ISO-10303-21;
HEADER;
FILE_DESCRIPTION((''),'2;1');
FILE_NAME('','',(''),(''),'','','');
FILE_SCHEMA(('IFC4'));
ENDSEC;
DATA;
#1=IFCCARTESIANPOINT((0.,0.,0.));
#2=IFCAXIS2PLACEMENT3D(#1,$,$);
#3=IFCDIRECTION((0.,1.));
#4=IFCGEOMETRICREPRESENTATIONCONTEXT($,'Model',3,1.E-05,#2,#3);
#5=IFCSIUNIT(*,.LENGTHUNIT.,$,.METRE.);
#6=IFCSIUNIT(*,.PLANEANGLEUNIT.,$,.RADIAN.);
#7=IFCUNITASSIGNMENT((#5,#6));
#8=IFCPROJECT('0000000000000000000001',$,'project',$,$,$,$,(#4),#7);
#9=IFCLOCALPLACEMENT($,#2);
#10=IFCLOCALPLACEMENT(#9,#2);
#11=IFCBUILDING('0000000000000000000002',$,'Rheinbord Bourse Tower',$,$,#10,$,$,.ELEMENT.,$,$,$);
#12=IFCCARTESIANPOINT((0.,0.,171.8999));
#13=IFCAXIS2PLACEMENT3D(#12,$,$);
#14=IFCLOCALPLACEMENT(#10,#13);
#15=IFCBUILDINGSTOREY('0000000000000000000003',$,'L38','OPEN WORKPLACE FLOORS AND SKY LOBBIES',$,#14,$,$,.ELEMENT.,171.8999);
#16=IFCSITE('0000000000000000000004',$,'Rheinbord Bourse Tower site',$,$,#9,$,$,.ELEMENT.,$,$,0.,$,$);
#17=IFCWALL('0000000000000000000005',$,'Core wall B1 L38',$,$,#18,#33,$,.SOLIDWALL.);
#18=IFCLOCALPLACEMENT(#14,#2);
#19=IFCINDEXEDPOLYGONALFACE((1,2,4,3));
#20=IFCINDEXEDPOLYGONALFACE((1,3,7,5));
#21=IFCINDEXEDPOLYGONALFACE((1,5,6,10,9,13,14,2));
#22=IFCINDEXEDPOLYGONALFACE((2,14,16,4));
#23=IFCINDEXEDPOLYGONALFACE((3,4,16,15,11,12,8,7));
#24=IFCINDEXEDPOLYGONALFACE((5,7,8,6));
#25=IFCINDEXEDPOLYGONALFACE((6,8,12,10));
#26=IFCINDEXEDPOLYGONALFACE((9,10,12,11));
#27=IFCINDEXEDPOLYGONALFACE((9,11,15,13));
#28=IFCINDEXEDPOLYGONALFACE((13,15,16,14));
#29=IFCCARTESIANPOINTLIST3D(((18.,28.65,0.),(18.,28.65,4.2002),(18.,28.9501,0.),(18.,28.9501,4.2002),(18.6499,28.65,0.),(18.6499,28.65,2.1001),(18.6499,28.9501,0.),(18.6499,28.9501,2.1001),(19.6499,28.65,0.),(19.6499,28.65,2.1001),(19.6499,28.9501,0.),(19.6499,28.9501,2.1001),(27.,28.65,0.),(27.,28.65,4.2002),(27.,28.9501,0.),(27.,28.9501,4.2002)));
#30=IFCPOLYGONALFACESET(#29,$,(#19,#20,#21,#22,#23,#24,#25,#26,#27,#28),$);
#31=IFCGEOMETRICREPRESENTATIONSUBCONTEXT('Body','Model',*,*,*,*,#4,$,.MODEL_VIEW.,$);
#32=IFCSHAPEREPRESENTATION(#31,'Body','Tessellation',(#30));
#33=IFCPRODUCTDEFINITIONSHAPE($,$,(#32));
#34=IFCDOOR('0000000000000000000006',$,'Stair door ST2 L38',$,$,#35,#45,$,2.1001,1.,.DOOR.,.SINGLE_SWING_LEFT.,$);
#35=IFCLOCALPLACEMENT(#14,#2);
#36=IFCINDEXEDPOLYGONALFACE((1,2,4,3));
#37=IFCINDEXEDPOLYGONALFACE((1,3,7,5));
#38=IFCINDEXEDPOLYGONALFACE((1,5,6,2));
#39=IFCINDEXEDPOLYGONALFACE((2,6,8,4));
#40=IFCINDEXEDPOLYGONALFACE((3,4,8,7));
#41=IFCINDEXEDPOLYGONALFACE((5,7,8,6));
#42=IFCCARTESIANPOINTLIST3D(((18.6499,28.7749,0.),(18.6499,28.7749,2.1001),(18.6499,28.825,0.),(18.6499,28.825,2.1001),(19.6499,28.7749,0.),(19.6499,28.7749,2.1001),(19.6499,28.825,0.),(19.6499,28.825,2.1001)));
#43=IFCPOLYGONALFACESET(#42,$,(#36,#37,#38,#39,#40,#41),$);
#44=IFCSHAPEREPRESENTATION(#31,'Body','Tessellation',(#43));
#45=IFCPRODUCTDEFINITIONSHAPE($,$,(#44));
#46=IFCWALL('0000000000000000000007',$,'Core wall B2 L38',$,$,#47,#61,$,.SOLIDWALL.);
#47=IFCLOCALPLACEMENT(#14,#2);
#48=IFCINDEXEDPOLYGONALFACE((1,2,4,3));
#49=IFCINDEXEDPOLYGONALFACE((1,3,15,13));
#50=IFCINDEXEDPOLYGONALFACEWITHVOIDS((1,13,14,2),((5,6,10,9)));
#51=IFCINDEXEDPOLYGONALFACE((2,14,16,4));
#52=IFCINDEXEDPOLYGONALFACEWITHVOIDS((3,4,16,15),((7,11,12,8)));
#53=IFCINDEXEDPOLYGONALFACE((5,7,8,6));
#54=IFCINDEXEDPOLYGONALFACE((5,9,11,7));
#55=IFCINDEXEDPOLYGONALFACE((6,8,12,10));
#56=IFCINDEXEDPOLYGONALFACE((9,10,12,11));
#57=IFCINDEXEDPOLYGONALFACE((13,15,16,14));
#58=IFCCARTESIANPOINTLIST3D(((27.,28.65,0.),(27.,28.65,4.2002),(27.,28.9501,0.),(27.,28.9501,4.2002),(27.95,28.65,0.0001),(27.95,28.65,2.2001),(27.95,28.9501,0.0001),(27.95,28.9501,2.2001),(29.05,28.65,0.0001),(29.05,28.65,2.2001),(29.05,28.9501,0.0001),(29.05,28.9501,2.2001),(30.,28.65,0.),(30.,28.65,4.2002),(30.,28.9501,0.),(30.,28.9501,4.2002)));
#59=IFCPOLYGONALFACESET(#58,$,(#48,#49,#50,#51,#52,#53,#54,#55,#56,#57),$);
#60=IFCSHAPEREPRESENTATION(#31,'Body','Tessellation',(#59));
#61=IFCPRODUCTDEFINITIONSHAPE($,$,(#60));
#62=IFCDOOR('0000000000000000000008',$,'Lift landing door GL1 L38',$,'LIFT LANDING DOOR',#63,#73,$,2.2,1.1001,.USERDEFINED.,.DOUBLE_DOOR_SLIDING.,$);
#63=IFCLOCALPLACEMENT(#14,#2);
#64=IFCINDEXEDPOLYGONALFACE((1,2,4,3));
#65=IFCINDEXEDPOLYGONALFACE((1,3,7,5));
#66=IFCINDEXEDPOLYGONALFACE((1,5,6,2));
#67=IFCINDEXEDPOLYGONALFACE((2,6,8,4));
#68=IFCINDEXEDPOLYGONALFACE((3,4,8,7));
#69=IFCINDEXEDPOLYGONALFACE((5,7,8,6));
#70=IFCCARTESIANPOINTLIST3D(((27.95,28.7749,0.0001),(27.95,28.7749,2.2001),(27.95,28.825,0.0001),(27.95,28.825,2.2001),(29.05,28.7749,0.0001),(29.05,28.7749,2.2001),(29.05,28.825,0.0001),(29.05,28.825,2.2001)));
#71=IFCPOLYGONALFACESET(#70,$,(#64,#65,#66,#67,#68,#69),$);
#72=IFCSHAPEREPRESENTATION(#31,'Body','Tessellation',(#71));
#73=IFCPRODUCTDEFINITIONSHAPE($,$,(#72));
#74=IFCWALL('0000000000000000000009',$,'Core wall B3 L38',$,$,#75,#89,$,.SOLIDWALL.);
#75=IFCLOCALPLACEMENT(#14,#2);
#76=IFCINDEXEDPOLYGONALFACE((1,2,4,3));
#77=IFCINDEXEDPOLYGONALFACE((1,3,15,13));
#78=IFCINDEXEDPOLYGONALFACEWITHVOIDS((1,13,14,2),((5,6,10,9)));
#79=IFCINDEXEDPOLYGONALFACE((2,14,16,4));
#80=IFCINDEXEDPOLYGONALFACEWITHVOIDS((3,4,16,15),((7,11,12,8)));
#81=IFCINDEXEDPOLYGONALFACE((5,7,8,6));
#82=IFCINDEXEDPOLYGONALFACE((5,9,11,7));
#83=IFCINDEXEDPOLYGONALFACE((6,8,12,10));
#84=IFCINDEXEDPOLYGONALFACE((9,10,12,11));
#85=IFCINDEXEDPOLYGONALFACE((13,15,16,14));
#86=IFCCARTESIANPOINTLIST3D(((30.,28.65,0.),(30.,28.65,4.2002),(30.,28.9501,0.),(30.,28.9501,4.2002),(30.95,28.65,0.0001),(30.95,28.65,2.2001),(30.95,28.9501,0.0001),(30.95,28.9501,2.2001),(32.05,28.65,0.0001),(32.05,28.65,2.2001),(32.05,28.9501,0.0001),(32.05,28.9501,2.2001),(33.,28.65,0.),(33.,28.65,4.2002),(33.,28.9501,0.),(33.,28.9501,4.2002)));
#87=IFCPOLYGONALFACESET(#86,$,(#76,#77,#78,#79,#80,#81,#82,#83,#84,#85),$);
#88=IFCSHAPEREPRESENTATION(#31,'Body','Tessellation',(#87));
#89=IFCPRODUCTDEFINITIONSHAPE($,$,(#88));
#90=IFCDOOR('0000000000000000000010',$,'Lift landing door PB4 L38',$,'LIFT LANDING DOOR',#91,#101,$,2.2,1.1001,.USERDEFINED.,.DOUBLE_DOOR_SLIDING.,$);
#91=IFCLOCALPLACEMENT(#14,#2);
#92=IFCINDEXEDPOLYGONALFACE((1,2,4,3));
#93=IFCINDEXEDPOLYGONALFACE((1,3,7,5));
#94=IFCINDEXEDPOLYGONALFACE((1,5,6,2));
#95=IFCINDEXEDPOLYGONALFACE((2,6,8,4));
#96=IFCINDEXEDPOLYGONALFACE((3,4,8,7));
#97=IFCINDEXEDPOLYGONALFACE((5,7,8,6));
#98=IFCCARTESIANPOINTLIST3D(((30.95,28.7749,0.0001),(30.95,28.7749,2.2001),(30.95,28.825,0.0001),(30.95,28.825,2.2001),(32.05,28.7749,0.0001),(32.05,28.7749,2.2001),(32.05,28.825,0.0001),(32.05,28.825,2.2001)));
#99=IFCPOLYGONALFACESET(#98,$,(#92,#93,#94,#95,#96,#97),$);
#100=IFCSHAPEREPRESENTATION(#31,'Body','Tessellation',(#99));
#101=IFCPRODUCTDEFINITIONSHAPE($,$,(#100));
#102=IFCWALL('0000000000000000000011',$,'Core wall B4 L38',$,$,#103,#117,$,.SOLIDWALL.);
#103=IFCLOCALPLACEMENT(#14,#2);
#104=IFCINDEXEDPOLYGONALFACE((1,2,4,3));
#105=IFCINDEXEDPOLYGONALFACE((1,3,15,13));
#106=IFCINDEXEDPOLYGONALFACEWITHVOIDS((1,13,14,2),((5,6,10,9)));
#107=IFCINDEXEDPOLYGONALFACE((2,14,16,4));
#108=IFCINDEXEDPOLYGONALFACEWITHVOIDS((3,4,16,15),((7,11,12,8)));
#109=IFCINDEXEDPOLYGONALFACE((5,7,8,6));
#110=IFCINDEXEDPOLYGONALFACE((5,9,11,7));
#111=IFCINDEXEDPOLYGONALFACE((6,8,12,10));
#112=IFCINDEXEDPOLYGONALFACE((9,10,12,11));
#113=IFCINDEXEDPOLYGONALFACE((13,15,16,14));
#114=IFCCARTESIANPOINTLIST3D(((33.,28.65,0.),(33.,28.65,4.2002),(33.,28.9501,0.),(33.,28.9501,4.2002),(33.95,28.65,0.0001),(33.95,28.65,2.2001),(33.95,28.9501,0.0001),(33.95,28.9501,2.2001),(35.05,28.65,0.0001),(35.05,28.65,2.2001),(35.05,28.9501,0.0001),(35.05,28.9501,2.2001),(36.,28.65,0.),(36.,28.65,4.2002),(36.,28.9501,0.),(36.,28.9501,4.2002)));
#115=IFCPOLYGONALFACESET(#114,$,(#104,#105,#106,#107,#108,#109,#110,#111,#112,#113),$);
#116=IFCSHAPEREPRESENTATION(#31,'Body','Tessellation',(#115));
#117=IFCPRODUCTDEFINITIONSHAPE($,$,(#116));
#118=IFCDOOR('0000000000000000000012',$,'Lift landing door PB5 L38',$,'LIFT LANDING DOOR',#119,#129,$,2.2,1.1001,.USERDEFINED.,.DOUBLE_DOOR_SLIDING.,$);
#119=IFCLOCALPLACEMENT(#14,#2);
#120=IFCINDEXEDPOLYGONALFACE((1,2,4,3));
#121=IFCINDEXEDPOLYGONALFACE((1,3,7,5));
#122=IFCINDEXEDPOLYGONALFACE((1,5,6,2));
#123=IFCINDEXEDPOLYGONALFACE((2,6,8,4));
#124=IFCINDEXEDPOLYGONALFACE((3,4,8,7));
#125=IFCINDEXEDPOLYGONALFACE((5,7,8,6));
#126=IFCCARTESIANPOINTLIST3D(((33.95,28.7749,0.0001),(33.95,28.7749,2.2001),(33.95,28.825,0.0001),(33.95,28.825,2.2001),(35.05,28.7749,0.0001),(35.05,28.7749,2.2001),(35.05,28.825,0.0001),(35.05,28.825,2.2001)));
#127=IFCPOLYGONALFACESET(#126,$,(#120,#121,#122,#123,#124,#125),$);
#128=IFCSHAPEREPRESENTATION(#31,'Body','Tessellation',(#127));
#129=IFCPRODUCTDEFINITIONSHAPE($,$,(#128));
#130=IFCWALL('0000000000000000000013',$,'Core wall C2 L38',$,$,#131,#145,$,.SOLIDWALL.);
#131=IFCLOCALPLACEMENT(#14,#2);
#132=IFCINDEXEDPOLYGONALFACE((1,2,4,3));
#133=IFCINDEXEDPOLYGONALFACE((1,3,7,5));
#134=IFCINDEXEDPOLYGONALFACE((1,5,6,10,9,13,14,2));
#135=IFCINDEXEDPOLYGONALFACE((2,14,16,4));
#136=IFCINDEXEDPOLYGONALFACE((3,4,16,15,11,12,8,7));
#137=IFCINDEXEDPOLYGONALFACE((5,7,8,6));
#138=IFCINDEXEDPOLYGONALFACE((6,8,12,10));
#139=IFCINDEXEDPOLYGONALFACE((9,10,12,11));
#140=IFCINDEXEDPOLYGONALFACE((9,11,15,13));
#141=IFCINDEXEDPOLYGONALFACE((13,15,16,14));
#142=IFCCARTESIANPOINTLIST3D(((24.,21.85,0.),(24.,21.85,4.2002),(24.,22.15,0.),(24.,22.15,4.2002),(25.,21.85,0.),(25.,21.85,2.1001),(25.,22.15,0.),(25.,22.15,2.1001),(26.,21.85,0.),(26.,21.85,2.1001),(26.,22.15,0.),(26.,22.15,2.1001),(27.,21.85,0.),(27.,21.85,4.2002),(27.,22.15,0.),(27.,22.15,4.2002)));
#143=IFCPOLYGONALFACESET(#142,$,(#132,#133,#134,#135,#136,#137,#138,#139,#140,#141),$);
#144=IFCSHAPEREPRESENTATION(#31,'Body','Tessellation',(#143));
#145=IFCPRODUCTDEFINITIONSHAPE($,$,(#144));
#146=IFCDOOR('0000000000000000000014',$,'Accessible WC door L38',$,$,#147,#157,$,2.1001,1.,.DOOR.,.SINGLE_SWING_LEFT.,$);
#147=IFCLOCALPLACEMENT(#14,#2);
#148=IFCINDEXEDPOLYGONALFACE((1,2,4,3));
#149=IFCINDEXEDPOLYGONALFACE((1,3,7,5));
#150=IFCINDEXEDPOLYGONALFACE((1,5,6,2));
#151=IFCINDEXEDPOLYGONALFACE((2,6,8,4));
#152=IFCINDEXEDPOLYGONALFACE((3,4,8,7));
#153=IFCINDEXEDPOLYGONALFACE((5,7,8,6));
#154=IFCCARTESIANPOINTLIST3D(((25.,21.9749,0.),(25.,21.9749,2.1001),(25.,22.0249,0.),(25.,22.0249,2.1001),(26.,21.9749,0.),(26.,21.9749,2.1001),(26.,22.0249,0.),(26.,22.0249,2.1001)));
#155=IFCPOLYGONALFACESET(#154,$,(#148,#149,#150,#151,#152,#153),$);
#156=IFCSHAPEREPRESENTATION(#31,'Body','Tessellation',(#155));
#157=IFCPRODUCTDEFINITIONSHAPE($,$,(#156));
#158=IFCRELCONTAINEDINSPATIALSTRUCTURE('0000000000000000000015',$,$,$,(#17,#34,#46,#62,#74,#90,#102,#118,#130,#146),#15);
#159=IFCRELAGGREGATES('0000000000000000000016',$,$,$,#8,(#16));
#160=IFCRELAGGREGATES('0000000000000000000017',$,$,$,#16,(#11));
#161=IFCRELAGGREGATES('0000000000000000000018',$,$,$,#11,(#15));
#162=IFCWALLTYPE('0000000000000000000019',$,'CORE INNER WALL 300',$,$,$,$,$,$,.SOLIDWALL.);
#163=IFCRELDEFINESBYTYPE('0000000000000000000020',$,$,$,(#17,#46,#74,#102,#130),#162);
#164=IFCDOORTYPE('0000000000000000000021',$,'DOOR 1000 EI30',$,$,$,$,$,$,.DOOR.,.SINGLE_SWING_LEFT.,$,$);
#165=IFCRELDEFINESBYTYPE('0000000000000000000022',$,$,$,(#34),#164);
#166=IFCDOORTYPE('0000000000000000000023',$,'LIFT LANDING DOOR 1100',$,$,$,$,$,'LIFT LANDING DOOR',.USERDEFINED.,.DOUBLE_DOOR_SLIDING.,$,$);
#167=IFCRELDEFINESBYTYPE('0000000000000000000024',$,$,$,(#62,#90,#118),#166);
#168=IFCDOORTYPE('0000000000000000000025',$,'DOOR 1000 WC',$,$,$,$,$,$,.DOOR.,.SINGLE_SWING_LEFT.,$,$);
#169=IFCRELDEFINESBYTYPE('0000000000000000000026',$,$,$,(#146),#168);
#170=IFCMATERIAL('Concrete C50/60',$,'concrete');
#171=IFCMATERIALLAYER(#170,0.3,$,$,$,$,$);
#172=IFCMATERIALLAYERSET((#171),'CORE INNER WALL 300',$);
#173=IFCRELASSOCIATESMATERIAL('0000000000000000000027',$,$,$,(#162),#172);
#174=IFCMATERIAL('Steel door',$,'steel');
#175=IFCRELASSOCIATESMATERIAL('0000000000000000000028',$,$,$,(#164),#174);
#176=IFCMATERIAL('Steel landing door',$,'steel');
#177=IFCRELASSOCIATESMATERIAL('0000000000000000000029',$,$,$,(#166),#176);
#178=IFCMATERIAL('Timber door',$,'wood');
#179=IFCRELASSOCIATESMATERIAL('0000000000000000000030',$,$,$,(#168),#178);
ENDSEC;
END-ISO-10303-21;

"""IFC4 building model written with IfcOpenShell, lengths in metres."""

from ifc_helpers import new_model, si_unit, direction, frame, frame_2d, origin, place, context, subcontext, project, spatial, rectangle, extrude, material, layer, layer_set, type_object, element, fill, save


model = new_model("IFC4")

# Units and contexts
model_context = context("Model", 3, precision=1e-05, world=origin(), true_north=direction((0.0, 1.0)))
body_context = subcontext(model_context, "Body", "Model", "MODEL_VIEW")
ifc_project = project(units=[si_unit("LENGTHUNIT", "METRE"), si_unit("PLANEANGLEUNIT", "RADIAN")], contexts=[model_context])

# Site, building, storey
site_placement = place(None, origin())
site = spatial("IfcSite", under=ifc_project, at=site_placement, Name="Rheinbord Bourse Tower site", CompositionType="ELEMENT", RefElevation=0.0)
building_placement = place(site_placement, origin())
building = spatial("IfcBuilding", under=site, at=building_placement, Name="Rheinbord Bourse Tower", CompositionType="ELEMENT")
storey_placement = place(building_placement, frame((0.0, 0.0, 171.8999)))
storey = spatial("IfcBuildingStorey", under=building, at=storey_placement, Name="L38", Description="OPEN WORKPLACE FLOORS AND SKY LOBBIES", CompositionType="ELEMENT", Elevation=171.8999)

# Walls, openings, doors
ifc_material_1 = material(Name="Concrete C50/60", Category="concrete")
ifc_layer_1 = layer(ifc_material_1, 0.3)
ifc_layer_set_1 = layer_set([ifc_layer_1], Name="CORE INNER WALL 300")
wall_type_1 = type_object("IfcWallType", Name="CORE INNER WALL 300", PredefinedType="SOLIDWALL", material=ifc_layer_set_1)
wall_1_placement = place(storey_placement, frame((18.0, 28.8, 0.0), z_axis=(0.0, 0.0, 1.0), x_axis=(1.0, 0.0, 0.0)))
wall_1 = element("IfcWall", 1, at=wall_1_placement, inside=storey, type_object=wall_type_1, Name="Core wall B1 L38", PredefinedType="SOLIDWALL", context=body_context, shape_type="SweptSolid", body=[
    extrude(rectangle(XDim=9.0, YDim=0.3, at=frame_2d((4.5, 0.0))), origin(), (0.0, 0.0, 1.0), 4.2002),
])
opening_1_placement = place(wall_1_placement, frame((0.6499, 0.0, 0.0)))
opening_1 = element("IfcOpeningElement", 2, at=opening_1_placement, cuts=wall_1, PredefinedType="OPENING", context=body_context, shape_type="SweptSolid", body=[
    extrude(rectangle(XDim=1.0, YDim=2.1001, at=frame_2d((0.5, 1.05))), frame((0.0, 0.1599, 0.0), z_axis=(0.0, -1.0, 0.0), x_axis=(1.0, 0.0, 0.0)), (0.0, 0.0, 1.0), 0.3201),
])
ifc_material_2 = material(Name="Steel door", Category="steel")
door_type_1 = type_object("IfcDoorType", Name="DOOR 1000 EI30", OperationType="SINGLE_SWING_LEFT", PredefinedType="DOOR", material=ifc_material_2)
door_1_placement = place(opening_1_placement, origin())
door_1 = element("IfcDoor", 3, at=door_1_placement, inside=storey, type_object=door_type_1, Name="Stair door ST2 L38", OperationType="SINGLE_SWING_LEFT", OverallHeight=2.1001, OverallWidth=1.0, PredefinedType="DOOR", context=body_context, shape_type="SweptSolid", body=[
    extrude(rectangle(XDim=1.0, YDim=2.1001, at=frame_2d((0.5, 1.05))), frame((0.0, 0.0249, 0.0), z_axis=(0.0, -1.0, 0.0), x_axis=(1.0, 0.0, 0.0)), (0.0, 0.0, 1.0), 0.05),
])
fill(opening_1, door_1)
wall_2_placement = place(storey_placement, frame((27.0, 28.8, 0.0), z_axis=(0.0, 0.0, 1.0), x_axis=(1.0, 0.0, 0.0)))
wall_2 = element("IfcWall", 4, at=wall_2_placement, inside=storey, type_object=wall_type_1, Name="Core wall B2 L38", PredefinedType="SOLIDWALL", context=body_context, shape_type="SweptSolid", body=[
    extrude(rectangle(XDim=3.0, YDim=0.3, at=frame_2d((1.5, 0.0))), origin(), (0.0, 0.0, 1.0), 4.2002),
])
opening_2_placement = place(wall_2_placement, frame((0.95, 0.0, 0.0)))
opening_2 = element("IfcOpeningElement", 5, at=opening_2_placement, cuts=wall_2, PredefinedType="OPENING", context=body_context, shape_type="SweptSolid", body=[
    extrude(rectangle(XDim=1.1001, YDim=2.2, at=frame_2d((0.55, 1.1001))), frame((0.0, 0.1599, 0.0), z_axis=(0.0, -1.0, 0.0), x_axis=(1.0, 0.0, 0.0)), (0.0, 0.0, 1.0), 0.3201),
])
ifc_material_3 = material(Name="Steel landing door", Category="steel")
door_type_2 = type_object("IfcDoorType", Name="LIFT LANDING DOOR 1100", ElementType="LIFT LANDING DOOR", OperationType="DOUBLE_DOOR_SLIDING", PredefinedType="USERDEFINED", material=ifc_material_3)
door_2_placement = place(opening_2_placement, origin())
door_2 = element("IfcDoor", 6, at=door_2_placement, inside=storey, type_object=door_type_2, Name="Lift landing door GL1 L38", ObjectType="LIFT LANDING DOOR", OperationType="DOUBLE_DOOR_SLIDING", OverallHeight=2.2, OverallWidth=1.1001, PredefinedType="USERDEFINED", context=body_context, shape_type="SweptSolid", body=[
    extrude(rectangle(XDim=1.1001, YDim=2.2, at=frame_2d((0.55, 1.1001))), frame((0.0, 0.0249, 0.0), z_axis=(0.0, -1.0, 0.0), x_axis=(1.0, 0.0, 0.0)), (0.0, 0.0, 1.0), 0.05),
])
fill(opening_2, door_2)
wall_3_placement = place(storey_placement, frame((30.0, 28.8, 0.0), z_axis=(0.0, 0.0, 1.0), x_axis=(1.0, 0.0, 0.0)))
wall_3 = element("IfcWall", 7, at=wall_3_placement, inside=storey, type_object=wall_type_1, Name="Core wall B3 L38", PredefinedType="SOLIDWALL", context=body_context, shape_type="SweptSolid", body=[
    extrude(rectangle(XDim=3.0, YDim=0.3, at=frame_2d((1.5, 0.0))), origin(), (0.0, 0.0, 1.0), 4.2002),
])
opening_3_placement = place(wall_3_placement, frame((0.95, 0.0, 0.0)))
opening_3 = element("IfcOpeningElement", 8, at=opening_3_placement, cuts=wall_3, PredefinedType="OPENING", context=body_context, shape_type="SweptSolid", body=[
    extrude(rectangle(XDim=1.1001, YDim=2.2, at=frame_2d((0.55, 1.1001))), frame((0.0, 0.1599, 0.0), z_axis=(0.0, -1.0, 0.0), x_axis=(1.0, 0.0, 0.0)), (0.0, 0.0, 1.0), 0.3201),
])
door_3_placement = place(opening_3_placement, origin())
door_3 = element("IfcDoor", 9, at=door_3_placement, inside=storey, type_object=door_type_2, Name="Lift landing door PB4 L38", ObjectType="LIFT LANDING DOOR", OperationType="DOUBLE_DOOR_SLIDING", OverallHeight=2.2, OverallWidth=1.1001, PredefinedType="USERDEFINED", context=body_context, shape_type="SweptSolid", body=[
    extrude(rectangle(XDim=1.1001, YDim=2.2, at=frame_2d((0.55, 1.1001))), frame((0.0, 0.0249, 0.0), z_axis=(0.0, -1.0, 0.0), x_axis=(1.0, 0.0, 0.0)), (0.0, 0.0, 1.0), 0.05),
])
fill(opening_3, door_3)
wall_4_placement = place(storey_placement, frame((33.0, 28.8, 0.0), z_axis=(0.0, 0.0, 1.0), x_axis=(1.0, 0.0, 0.0)))
wall_4 = element("IfcWall", 10, at=wall_4_placement, inside=storey, type_object=wall_type_1, Name="Core wall B4 L38", PredefinedType="SOLIDWALL", context=body_context, shape_type="SweptSolid", body=[
    extrude(rectangle(XDim=3.0, YDim=0.3, at=frame_2d((1.5, 0.0))), origin(), (0.0, 0.0, 1.0), 4.2002),
])
opening_4_placement = place(wall_4_placement, frame((0.95, 0.0, 0.0)))
opening_4 = element("IfcOpeningElement", 11, at=opening_4_placement, cuts=wall_4, PredefinedType="OPENING", context=body_context, shape_type="SweptSolid", body=[
    extrude(rectangle(XDim=1.1001, YDim=2.2, at=frame_2d((0.55, 1.1001))), frame((0.0, 0.1599, 0.0), z_axis=(0.0, -1.0, 0.0), x_axis=(1.0, 0.0, 0.0)), (0.0, 0.0, 1.0), 0.3201),
])
door_4_placement = place(opening_4_placement, origin())
door_4 = element("IfcDoor", 12, at=door_4_placement, inside=storey, type_object=door_type_2, Name="Lift landing door PB5 L38", ObjectType="LIFT LANDING DOOR", OperationType="DOUBLE_DOOR_SLIDING", OverallHeight=2.2, OverallWidth=1.1001, PredefinedType="USERDEFINED", context=body_context, shape_type="SweptSolid", body=[
    extrude(rectangle(XDim=1.1001, YDim=2.2, at=frame_2d((0.55, 1.1001))), frame((0.0, 0.0249, 0.0), z_axis=(0.0, -1.0, 0.0), x_axis=(1.0, 0.0, 0.0)), (0.0, 0.0, 1.0), 0.05),
])
fill(opening_4, door_4)
wall_5_placement = place(storey_placement, frame((24.0, 22.0, 0.0), z_axis=(0.0, 0.0, 1.0), x_axis=(1.0, 0.0, 0.0)))
wall_5 = element("IfcWall", 13, at=wall_5_placement, inside=storey, type_object=wall_type_1, Name="Core wall C2 L38", PredefinedType="SOLIDWALL", context=body_context, shape_type="SweptSolid", body=[
    extrude(rectangle(XDim=3.0, YDim=0.3, at=frame_2d((1.5, 0.0))), origin(), (0.0, 0.0, 1.0), 4.2002),
])
opening_5_placement = place(wall_5_placement, frame((1.0, 0.0, 0.0)))
opening_5 = element("IfcOpeningElement", 14, at=opening_5_placement, cuts=wall_5, PredefinedType="OPENING", context=body_context, shape_type="SweptSolid", body=[
    extrude(rectangle(XDim=1.0, YDim=2.1001, at=frame_2d((0.5, 1.05))), frame((0.0, 0.1599, 0.0), z_axis=(0.0, -1.0, 0.0), x_axis=(1.0, 0.0, 0.0)), (0.0, 0.0, 1.0), 0.3201),
])
ifc_material_4 = material(Name="Timber door", Category="wood")
door_type_3 = type_object("IfcDoorType", Name="DOOR 1000 WC", OperationType="SINGLE_SWING_LEFT", PredefinedType="DOOR", material=ifc_material_4)
door_5_placement = place(opening_5_placement, origin())
door_5 = element("IfcDoor", 15, at=door_5_placement, inside=storey, type_object=door_type_3, Name="Accessible WC door L38", OperationType="SINGLE_SWING_LEFT", OverallHeight=2.1001, OverallWidth=1.0, PredefinedType="DOOR", context=body_context, shape_type="SweptSolid", body=[
    extrude(rectangle(XDim=1.0, YDim=2.1001, at=frame_2d((0.5, 1.05))), frame((0.0, 0.0249, 0.0), z_axis=(0.0, -1.0, 0.0), x_axis=(1.0, 0.0, 0.0)), (0.0, 0.0, 1.0), 0.05),
])
fill(opening_5, door_5)

save(model, "model.ifc")
